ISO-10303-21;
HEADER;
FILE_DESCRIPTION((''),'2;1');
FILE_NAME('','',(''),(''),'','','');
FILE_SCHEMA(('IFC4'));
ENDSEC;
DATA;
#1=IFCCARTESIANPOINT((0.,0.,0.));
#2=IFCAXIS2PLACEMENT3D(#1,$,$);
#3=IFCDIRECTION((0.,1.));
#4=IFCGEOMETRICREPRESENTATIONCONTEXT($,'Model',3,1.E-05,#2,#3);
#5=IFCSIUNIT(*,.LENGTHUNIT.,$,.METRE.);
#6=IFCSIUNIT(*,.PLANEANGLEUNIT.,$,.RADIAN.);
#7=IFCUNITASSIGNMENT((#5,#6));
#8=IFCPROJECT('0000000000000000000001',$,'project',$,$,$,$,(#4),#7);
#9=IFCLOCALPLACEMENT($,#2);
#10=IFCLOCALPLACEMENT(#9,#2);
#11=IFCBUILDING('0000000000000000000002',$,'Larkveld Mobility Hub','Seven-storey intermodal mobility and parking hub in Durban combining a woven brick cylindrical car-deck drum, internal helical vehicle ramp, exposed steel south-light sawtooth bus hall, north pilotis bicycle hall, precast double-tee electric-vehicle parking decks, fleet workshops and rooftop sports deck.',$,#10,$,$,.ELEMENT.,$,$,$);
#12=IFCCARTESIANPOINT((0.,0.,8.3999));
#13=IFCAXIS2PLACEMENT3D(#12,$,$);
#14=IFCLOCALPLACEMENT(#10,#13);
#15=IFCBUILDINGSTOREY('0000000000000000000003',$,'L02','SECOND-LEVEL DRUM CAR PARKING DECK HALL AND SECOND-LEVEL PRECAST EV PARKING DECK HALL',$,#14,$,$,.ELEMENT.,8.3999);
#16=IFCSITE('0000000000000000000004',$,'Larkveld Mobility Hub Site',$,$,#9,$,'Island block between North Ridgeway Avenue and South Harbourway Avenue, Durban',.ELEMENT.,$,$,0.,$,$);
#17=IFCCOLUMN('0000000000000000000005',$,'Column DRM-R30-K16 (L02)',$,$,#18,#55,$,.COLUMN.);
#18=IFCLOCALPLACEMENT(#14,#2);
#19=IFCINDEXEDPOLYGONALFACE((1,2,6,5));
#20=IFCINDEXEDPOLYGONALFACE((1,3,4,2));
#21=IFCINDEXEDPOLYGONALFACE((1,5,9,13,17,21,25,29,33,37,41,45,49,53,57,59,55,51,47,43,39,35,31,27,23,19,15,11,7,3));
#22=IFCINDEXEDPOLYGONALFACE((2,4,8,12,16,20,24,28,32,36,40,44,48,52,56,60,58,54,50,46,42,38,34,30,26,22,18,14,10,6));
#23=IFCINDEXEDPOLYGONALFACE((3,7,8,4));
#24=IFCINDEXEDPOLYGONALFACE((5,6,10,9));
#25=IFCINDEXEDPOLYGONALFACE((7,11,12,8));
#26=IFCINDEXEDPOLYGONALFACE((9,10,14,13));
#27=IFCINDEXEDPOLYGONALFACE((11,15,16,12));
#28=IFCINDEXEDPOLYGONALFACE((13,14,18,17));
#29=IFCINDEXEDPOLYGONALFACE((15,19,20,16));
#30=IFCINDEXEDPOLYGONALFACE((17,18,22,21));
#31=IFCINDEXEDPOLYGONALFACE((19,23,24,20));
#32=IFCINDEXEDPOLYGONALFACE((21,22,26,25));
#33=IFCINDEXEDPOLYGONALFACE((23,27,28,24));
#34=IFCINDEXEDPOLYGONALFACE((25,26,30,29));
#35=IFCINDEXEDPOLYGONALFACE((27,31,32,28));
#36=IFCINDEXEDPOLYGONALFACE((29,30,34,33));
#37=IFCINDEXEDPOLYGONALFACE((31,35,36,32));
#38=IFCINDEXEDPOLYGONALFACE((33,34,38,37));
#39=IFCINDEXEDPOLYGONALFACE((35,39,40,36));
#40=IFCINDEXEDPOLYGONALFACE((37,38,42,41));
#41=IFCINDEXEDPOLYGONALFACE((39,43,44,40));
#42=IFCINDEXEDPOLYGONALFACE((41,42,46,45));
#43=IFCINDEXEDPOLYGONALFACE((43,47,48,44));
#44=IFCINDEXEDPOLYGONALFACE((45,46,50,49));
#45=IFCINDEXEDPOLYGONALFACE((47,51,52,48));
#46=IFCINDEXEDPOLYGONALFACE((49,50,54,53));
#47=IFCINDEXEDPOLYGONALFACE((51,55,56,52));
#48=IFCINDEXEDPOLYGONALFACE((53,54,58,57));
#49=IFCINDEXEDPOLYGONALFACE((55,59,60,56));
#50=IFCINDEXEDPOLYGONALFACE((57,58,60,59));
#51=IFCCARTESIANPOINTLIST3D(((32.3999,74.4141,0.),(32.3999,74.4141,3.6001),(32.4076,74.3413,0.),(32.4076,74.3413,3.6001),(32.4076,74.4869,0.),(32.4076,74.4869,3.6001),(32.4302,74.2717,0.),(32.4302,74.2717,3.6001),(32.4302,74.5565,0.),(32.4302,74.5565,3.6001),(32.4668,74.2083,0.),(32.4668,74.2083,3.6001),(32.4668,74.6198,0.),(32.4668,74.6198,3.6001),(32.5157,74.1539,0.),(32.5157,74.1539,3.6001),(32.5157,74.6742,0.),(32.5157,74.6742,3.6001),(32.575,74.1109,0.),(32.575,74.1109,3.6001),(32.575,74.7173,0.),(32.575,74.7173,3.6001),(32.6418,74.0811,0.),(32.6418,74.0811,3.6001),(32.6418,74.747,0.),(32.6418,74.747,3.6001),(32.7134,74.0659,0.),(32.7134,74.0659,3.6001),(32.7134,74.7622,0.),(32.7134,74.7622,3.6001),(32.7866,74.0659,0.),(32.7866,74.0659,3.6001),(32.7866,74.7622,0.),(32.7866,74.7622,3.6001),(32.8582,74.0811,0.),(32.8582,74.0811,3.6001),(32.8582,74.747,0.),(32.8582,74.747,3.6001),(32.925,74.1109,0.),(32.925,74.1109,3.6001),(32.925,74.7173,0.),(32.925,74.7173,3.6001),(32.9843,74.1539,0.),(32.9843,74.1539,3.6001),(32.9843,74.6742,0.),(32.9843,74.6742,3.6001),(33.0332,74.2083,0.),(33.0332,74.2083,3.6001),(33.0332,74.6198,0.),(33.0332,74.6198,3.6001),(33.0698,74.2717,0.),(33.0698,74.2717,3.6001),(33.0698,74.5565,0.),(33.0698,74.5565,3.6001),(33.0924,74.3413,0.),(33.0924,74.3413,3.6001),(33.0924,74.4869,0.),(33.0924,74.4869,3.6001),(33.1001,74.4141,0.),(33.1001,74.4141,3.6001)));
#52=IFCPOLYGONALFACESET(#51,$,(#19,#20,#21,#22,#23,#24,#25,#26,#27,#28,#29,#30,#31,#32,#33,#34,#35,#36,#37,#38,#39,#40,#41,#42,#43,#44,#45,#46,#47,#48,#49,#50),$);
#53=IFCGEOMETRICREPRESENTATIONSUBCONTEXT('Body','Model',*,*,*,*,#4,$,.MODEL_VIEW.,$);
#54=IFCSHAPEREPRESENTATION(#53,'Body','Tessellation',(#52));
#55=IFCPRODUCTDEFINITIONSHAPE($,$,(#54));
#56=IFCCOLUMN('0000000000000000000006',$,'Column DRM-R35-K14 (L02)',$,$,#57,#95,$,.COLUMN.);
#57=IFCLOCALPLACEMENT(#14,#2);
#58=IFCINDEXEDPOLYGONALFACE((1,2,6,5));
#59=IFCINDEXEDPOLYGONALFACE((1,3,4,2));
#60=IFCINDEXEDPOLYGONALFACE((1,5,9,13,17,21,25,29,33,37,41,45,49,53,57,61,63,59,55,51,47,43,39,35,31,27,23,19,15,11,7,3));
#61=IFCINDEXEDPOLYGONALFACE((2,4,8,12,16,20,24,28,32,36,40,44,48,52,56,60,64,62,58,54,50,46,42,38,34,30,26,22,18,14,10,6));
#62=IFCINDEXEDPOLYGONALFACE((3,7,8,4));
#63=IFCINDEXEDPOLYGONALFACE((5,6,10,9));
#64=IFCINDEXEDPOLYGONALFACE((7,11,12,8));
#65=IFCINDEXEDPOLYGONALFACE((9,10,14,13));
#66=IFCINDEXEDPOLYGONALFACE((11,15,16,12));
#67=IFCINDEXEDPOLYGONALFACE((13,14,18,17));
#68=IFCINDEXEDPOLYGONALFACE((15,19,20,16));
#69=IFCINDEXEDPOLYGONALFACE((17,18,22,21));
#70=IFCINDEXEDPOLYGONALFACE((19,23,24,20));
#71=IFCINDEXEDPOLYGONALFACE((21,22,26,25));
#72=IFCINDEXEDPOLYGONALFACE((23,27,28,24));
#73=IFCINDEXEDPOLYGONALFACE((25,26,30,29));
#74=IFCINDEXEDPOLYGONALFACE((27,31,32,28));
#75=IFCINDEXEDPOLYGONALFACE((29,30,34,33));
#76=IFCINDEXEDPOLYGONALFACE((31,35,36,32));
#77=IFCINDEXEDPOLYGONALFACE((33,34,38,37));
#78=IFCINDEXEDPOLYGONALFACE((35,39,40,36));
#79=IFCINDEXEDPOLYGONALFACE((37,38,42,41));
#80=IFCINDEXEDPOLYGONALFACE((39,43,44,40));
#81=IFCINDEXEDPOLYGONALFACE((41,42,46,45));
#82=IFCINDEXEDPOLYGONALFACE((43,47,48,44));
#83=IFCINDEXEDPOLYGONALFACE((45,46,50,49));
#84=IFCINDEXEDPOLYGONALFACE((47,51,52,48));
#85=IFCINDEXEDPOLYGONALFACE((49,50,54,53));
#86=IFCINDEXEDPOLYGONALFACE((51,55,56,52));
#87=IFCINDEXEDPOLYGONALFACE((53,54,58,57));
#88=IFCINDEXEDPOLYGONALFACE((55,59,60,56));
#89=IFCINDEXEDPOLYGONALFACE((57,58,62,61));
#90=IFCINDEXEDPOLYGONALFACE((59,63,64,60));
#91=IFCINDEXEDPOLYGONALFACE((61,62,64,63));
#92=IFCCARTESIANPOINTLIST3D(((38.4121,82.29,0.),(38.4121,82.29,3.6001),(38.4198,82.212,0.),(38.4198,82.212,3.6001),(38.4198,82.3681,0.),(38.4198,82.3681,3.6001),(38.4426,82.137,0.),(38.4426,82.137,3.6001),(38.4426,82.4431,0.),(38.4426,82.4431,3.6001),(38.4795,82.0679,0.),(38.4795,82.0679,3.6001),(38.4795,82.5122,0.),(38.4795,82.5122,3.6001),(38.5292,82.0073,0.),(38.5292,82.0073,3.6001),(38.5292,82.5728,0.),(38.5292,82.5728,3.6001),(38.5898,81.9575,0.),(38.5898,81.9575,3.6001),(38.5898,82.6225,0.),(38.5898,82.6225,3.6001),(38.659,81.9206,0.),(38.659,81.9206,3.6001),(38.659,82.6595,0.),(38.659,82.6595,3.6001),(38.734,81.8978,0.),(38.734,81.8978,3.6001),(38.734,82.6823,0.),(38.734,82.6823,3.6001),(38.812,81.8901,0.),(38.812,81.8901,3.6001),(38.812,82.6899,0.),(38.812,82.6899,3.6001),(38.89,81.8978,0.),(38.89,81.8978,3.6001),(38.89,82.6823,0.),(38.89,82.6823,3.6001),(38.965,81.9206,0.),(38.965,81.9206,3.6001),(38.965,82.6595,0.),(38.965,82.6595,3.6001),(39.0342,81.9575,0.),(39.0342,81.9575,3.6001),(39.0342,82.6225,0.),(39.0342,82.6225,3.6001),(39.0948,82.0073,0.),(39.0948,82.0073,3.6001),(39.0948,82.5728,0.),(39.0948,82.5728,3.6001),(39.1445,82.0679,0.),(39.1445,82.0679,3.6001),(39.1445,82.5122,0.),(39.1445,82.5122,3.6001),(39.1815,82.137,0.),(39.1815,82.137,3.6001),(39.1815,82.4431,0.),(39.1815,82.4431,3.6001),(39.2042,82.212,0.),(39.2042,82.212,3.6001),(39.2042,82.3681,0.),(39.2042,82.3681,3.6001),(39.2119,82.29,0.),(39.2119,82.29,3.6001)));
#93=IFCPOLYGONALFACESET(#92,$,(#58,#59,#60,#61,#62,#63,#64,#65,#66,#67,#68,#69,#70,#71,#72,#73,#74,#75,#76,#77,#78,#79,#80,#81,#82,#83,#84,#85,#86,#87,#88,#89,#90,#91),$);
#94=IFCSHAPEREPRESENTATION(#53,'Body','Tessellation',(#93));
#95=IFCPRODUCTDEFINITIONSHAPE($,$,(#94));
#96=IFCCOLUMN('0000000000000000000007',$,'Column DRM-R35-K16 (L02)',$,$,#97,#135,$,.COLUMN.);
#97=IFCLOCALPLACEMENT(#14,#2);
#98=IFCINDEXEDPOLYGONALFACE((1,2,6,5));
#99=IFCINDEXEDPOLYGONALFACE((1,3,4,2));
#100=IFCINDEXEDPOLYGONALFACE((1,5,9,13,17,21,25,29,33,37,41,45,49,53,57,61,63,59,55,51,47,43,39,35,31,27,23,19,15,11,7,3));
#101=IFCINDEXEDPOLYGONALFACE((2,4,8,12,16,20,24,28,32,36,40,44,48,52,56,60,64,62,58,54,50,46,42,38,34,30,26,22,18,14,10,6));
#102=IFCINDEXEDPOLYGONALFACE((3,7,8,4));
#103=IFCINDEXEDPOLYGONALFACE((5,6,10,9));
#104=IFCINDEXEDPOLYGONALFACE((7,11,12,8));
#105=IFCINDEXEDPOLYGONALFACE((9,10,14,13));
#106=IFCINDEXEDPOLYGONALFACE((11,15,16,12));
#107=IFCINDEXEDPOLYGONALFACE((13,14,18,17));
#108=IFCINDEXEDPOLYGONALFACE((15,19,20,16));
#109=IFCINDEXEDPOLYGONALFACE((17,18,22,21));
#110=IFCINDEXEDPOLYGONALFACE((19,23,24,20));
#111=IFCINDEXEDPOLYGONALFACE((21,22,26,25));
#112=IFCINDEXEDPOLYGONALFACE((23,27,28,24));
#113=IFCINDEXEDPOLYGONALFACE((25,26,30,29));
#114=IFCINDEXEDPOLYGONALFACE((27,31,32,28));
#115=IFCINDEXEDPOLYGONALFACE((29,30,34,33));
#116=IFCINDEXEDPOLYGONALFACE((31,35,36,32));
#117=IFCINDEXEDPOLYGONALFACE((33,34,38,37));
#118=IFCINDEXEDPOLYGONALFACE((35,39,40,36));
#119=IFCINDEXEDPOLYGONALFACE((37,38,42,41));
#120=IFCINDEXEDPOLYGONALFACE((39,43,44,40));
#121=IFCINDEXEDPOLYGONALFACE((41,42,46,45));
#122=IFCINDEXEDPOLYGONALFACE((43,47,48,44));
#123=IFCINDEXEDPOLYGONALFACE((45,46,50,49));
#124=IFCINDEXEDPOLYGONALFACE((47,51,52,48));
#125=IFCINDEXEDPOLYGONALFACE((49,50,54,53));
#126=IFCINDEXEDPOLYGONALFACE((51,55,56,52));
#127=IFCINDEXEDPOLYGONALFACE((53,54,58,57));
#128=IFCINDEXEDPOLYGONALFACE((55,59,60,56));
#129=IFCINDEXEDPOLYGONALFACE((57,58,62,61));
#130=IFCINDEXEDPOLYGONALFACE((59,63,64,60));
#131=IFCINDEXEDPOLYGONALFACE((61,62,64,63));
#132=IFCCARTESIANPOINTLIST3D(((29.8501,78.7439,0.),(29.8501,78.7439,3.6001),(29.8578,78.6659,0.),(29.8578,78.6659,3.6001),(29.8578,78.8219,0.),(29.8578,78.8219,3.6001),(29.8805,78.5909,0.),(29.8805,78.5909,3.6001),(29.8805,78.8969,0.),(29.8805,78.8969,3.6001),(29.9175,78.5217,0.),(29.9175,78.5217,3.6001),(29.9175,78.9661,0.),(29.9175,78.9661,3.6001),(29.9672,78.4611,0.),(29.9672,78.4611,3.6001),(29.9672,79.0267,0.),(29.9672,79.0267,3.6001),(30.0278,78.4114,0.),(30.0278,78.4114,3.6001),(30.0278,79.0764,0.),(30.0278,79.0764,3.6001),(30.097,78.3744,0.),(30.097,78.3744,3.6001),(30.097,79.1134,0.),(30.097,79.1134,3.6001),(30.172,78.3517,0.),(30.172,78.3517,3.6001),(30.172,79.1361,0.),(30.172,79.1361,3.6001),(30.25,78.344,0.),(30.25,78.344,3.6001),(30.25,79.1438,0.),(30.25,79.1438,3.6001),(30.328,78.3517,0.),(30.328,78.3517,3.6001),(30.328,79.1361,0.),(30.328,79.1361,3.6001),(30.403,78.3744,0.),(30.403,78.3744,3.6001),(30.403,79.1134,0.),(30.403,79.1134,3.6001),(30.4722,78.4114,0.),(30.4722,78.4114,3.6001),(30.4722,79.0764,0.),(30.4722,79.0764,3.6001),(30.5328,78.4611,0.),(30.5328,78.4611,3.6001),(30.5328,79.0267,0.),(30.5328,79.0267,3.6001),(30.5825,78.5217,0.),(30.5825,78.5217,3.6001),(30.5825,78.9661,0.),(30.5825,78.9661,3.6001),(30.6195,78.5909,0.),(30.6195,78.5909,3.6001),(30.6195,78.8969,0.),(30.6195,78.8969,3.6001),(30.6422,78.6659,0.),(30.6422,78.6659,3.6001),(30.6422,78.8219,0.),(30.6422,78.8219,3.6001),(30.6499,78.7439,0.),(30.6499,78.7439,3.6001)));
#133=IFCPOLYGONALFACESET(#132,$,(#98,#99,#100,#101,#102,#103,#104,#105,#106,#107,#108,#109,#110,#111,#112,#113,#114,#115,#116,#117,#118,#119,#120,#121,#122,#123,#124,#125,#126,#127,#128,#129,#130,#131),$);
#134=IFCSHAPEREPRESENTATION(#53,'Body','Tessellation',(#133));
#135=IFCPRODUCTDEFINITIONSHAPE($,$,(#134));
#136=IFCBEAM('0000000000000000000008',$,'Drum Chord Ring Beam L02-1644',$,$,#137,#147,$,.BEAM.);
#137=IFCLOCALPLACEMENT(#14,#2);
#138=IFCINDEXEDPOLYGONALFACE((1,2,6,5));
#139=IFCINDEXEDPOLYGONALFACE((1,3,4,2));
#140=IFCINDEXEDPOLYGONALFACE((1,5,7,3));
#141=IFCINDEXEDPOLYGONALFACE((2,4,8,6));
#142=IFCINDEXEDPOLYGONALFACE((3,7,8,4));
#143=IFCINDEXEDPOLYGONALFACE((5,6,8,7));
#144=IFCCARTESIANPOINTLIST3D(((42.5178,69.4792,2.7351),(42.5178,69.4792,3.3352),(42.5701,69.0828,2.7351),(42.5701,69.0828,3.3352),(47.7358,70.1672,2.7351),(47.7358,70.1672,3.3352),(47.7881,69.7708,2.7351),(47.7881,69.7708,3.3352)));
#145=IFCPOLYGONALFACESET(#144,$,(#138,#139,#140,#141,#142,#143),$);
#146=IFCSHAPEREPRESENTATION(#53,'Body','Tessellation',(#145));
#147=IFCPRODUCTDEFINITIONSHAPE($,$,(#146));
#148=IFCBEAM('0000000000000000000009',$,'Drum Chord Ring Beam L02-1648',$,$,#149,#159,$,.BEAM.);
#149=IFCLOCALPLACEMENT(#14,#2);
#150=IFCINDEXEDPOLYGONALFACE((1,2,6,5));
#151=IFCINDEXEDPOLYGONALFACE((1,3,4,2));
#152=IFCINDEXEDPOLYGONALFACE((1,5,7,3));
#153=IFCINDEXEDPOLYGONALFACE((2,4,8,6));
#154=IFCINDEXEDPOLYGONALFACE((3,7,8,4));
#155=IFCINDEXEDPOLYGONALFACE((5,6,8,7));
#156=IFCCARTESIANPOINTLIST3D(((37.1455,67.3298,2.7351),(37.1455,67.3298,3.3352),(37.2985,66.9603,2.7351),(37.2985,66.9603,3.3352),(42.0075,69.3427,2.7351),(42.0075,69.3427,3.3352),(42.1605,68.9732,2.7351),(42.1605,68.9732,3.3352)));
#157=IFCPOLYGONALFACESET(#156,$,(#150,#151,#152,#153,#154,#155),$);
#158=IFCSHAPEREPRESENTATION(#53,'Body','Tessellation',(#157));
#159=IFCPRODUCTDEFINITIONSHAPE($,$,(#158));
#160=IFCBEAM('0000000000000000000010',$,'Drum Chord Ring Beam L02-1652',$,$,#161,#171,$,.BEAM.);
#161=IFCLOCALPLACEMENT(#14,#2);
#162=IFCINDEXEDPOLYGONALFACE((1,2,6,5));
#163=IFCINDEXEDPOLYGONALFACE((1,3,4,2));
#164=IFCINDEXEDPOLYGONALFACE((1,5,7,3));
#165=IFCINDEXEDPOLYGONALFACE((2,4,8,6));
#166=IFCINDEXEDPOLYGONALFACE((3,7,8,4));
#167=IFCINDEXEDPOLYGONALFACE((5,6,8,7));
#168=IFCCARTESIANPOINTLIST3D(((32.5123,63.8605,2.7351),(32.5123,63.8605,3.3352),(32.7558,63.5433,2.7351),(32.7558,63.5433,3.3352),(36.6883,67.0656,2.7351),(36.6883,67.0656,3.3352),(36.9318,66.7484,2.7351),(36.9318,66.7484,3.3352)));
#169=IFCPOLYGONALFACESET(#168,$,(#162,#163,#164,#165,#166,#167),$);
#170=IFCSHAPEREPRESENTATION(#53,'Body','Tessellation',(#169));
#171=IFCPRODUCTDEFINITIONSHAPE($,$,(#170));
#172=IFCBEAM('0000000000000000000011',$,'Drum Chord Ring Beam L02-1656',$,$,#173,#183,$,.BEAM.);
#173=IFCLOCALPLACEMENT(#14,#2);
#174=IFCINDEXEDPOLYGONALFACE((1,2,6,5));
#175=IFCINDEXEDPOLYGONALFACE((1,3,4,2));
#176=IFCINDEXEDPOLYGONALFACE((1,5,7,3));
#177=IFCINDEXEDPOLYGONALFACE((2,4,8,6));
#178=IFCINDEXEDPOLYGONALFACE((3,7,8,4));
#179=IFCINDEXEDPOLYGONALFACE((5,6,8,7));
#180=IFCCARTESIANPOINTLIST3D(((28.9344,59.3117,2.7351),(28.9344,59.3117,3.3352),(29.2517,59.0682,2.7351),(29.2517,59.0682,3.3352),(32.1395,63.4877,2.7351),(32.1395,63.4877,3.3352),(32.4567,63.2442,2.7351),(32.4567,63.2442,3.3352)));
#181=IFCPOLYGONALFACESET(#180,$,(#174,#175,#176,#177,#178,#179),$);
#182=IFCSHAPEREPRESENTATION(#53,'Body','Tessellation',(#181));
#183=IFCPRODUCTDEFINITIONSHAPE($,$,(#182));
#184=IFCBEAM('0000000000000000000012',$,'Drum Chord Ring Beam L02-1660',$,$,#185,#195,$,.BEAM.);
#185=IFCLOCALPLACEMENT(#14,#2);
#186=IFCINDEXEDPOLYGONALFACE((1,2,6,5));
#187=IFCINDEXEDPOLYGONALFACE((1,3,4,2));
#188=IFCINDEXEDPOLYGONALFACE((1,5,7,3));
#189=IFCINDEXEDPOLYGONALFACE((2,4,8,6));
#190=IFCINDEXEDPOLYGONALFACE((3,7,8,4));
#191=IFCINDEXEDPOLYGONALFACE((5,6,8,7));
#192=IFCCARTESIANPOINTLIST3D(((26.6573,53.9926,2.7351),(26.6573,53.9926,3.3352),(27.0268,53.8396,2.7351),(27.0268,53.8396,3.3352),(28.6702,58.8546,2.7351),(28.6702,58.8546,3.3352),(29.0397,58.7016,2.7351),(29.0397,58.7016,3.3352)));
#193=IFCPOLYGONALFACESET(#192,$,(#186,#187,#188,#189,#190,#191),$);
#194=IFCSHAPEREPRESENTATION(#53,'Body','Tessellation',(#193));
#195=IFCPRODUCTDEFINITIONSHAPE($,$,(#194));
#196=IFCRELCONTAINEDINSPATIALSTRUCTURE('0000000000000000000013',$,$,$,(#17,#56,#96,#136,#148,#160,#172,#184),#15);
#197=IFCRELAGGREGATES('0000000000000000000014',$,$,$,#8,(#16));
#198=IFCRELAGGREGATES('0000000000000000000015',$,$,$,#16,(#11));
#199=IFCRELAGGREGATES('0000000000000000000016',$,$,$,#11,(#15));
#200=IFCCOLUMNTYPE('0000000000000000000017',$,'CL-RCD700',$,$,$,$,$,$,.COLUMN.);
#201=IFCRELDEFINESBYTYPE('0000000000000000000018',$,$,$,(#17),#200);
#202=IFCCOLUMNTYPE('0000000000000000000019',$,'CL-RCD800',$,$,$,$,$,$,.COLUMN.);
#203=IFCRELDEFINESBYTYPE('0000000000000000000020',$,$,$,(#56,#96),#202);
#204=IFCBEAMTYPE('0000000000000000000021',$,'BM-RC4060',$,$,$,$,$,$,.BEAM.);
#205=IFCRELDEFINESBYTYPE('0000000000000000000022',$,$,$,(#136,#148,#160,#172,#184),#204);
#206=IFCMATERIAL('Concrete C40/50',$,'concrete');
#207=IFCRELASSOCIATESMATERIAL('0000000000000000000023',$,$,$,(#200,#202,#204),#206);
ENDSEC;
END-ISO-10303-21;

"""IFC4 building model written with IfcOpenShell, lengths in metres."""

from ifc_helpers import new_model, si_unit, direction, frame, origin, origin_2d, place, context, subcontext, project, spatial, rectangle, circle, extrude, material, material_profile, profile_set, type_object, element, save


model = new_model("IFC4")

# Units and contexts
model_context = context("Model", 3, precision=1e-05, world=origin(), true_north=direction((0.0, 1.0)))
body_context = subcontext(model_context, "Body", "Model", "MODEL_VIEW")
ifc_project = project(units=[si_unit("LENGTHUNIT", "METRE"), si_unit("PLANEANGLEUNIT", "RADIAN")], contexts=[model_context])

# Site, building, storey
site_placement = place(None, origin())
site = spatial("IfcSite", under=ifc_project, at=site_placement, Name="Larkveld Mobility Hub Site", LongName="Island block between North Ridgeway Avenue and South Harbourway Avenue, Durban", CompositionType="ELEMENT", RefElevation=0.0)
building_placement = place(site_placement, origin())
building = spatial("IfcBuilding", under=site, at=building_placement, Name="Larkveld Mobility Hub", Description="Seven-storey intermodal mobility and parking hub in Durban combining a woven brick cylindrical car-deck drum, internal helical vehicle ramp, exposed steel south-light sawtooth bus hall, north pilotis bicycle hall, precast double-tee electric-vehicle parking decks, fleet workshops and rooftop sports deck.", CompositionType="ELEMENT")
storey_placement = place(building_placement, frame((0.0, 0.0, 8.3999)))
storey = spatial("IfcBuildingStorey", under=building, at=storey_placement, Name="L02", Description="SECOND-LEVEL DRUM CAR PARKING DECK HALL AND SECOND-LEVEL PRECAST EV PARKING DECK HALL", CompositionType="ELEMENT", Elevation=8.3999)

# Columns
ifc_material_1 = material(Name="Concrete C40/50", Category="concrete")
ifc_material_profile_1 = material_profile(ifc_material_1, circle(Radius=0.3501, at=origin_2d()), Name="RC COL D700")
ifc_profile_set_1 = profile_set([ifc_material_profile_1], Name="Concrete C40/50")
column_type_1 = type_object("IfcColumnType", Name="CL-RCD700", PredefinedType="COLUMN", material=ifc_profile_set_1)
for number, where, z_axis, x_axis, name in (
    (1, (32.75, 74.4141, 0.0), (0.0, 0.0, 1.0), (1.0, 0.0, 0.0), "Column DRM-R30-K16 (L02)"),
):
    element("IfcColumn", number, at=place(storey_placement, frame(where, z_axis=z_axis, x_axis=x_axis)), inside=storey, type_object=column_type_1, Name=name, PredefinedType="COLUMN", context=body_context, shape_type="SweptSolid", body=[
        extrude(circle(Radius=0.3501, at=origin_2d()), origin(), (0.0, 0.0, 1.0), 3.6001),
    ])
ifc_material_profile_2 = material_profile(ifc_material_1, circle(Radius=0.3999, at=origin_2d()), Name="RC COL D800")
ifc_profile_set_2 = profile_set([ifc_material_profile_2], Name="Concrete C40/50")
column_type_2 = type_object("IfcColumnType", Name="CL-RCD800", PredefinedType="COLUMN", material=ifc_profile_set_2)
for number, where, z_axis, x_axis, name in (
    (2, (38.812, 82.29, 0.0), (0.0, 0.0, 1.0), (1.0, 0.0, 0.0), "Column DRM-R35-K14 (L02)"),
    (3, (30.25, 78.7439, 0.0), (0.0, 0.0, 1.0), (1.0, 0.0, 0.0), "Column DRM-R35-K16 (L02)"),
):
    element("IfcColumn", number, at=place(storey_placement, frame(where, z_axis=z_axis, x_axis=x_axis)), inside=storey, type_object=column_type_2, Name=name, PredefinedType="COLUMN", context=body_context, shape_type="SweptSolid", body=[
        extrude(circle(Radius=0.3999, at=origin_2d()), origin(), (0.0, 0.0, 1.0), 3.6001),
    ])

# Beams
ifc_material_profile_3 = material_profile(ifc_material_1, rectangle(XDim=0.3999, YDim=0.6001, at=origin_2d()), Name="RC BM 400x600")
ifc_profile_set_3 = profile_set([ifc_material_profile_3], Name="Concrete C40/50")
beam_type_1 = type_object("IfcBeamType", Name="BM-RC4060", PredefinedType="BEAM", material=ifc_profile_set_3)
beam_1_placement = place(storey_placement, frame((47.762, 69.969, 3.0352), z_axis=(-0.99142, -0.130717, 0.0), x_axis=(0.130717, -0.99142, 0.0)))
element("IfcBeam", 4, at=beam_1_placement, inside=storey, type_object=beam_type_1, Name="Drum Chord Ring Beam L02-1644", PredefinedType="BEAM", context=body_context, shape_type="SweptSolid", body=[
    extrude(rectangle(XDim=0.3999, YDim=0.6001, at=origin_2d()), origin(), (0.0, 0.0, 1.0), 5.2632),
])
beam_2_placement = place(storey_placement, frame((42.084, 69.158, 3.0352), z_axis=(-0.923946, -0.382523, 0.0), x_axis=(0.382523, -0.923946, 0.0)))
element("IfcBeam", 5, at=beam_2_placement, inside=storey, type_object=beam_type_1, Name="Drum Chord Ring Beam L02-1648", PredefinedType="BEAM", context=body_context, shape_type="SweptSolid", body=[
    extrude(rectangle(XDim=0.3999, YDim=0.6001, at=origin_2d()), origin(), (0.0, 0.0, 1.0), 5.2622),
])
for number, where, z_axis, x_axis, name in (
    (6, (36.8101, 66.907, 3.0352), (-0.793289, -0.608845, 0.0), (0.608845, -0.793289, 0.0), "Drum Chord Ring Beam L02-1652"),
    (7, (32.2981, 63.366, 3.0352), (-0.608845, -0.793289, 0.0), (0.793289, -0.608845, 0.0), "Drum Chord Ring Beam L02-1656"),
):
    element("IfcBeam", number, at=place(storey_placement, frame(where, z_axis=z_axis, x_axis=x_axis)), inside=storey, type_object=beam_type_1, Name=name, PredefinedType="BEAM", context=body_context, shape_type="SweptSolid", body=[
        extrude(rectangle(XDim=0.3999, YDim=0.6001, at=origin_2d()), origin(), (0.0, 0.0, 1.0), 5.2642),
    ])
beam_3_placement = place(storey_placement, frame((28.855, 58.7781, 3.0352), z_axis=(-0.382523, -0.923946, 0.0), x_axis=(0.923946, -0.382523, 0.0)))
element("IfcBeam", 8, at=beam_3_placement, inside=storey, type_object=beam_type_1, Name="Drum Chord Ring Beam L02-1660", PredefinedType="BEAM", context=body_context, shape_type="SweptSolid", body=[
    extrude(rectangle(XDim=0.3999, YDim=0.6001, at=origin_2d()), origin(), (0.0, 0.0, 1.0), 5.2622),
])

save(model, "model.ifc")
